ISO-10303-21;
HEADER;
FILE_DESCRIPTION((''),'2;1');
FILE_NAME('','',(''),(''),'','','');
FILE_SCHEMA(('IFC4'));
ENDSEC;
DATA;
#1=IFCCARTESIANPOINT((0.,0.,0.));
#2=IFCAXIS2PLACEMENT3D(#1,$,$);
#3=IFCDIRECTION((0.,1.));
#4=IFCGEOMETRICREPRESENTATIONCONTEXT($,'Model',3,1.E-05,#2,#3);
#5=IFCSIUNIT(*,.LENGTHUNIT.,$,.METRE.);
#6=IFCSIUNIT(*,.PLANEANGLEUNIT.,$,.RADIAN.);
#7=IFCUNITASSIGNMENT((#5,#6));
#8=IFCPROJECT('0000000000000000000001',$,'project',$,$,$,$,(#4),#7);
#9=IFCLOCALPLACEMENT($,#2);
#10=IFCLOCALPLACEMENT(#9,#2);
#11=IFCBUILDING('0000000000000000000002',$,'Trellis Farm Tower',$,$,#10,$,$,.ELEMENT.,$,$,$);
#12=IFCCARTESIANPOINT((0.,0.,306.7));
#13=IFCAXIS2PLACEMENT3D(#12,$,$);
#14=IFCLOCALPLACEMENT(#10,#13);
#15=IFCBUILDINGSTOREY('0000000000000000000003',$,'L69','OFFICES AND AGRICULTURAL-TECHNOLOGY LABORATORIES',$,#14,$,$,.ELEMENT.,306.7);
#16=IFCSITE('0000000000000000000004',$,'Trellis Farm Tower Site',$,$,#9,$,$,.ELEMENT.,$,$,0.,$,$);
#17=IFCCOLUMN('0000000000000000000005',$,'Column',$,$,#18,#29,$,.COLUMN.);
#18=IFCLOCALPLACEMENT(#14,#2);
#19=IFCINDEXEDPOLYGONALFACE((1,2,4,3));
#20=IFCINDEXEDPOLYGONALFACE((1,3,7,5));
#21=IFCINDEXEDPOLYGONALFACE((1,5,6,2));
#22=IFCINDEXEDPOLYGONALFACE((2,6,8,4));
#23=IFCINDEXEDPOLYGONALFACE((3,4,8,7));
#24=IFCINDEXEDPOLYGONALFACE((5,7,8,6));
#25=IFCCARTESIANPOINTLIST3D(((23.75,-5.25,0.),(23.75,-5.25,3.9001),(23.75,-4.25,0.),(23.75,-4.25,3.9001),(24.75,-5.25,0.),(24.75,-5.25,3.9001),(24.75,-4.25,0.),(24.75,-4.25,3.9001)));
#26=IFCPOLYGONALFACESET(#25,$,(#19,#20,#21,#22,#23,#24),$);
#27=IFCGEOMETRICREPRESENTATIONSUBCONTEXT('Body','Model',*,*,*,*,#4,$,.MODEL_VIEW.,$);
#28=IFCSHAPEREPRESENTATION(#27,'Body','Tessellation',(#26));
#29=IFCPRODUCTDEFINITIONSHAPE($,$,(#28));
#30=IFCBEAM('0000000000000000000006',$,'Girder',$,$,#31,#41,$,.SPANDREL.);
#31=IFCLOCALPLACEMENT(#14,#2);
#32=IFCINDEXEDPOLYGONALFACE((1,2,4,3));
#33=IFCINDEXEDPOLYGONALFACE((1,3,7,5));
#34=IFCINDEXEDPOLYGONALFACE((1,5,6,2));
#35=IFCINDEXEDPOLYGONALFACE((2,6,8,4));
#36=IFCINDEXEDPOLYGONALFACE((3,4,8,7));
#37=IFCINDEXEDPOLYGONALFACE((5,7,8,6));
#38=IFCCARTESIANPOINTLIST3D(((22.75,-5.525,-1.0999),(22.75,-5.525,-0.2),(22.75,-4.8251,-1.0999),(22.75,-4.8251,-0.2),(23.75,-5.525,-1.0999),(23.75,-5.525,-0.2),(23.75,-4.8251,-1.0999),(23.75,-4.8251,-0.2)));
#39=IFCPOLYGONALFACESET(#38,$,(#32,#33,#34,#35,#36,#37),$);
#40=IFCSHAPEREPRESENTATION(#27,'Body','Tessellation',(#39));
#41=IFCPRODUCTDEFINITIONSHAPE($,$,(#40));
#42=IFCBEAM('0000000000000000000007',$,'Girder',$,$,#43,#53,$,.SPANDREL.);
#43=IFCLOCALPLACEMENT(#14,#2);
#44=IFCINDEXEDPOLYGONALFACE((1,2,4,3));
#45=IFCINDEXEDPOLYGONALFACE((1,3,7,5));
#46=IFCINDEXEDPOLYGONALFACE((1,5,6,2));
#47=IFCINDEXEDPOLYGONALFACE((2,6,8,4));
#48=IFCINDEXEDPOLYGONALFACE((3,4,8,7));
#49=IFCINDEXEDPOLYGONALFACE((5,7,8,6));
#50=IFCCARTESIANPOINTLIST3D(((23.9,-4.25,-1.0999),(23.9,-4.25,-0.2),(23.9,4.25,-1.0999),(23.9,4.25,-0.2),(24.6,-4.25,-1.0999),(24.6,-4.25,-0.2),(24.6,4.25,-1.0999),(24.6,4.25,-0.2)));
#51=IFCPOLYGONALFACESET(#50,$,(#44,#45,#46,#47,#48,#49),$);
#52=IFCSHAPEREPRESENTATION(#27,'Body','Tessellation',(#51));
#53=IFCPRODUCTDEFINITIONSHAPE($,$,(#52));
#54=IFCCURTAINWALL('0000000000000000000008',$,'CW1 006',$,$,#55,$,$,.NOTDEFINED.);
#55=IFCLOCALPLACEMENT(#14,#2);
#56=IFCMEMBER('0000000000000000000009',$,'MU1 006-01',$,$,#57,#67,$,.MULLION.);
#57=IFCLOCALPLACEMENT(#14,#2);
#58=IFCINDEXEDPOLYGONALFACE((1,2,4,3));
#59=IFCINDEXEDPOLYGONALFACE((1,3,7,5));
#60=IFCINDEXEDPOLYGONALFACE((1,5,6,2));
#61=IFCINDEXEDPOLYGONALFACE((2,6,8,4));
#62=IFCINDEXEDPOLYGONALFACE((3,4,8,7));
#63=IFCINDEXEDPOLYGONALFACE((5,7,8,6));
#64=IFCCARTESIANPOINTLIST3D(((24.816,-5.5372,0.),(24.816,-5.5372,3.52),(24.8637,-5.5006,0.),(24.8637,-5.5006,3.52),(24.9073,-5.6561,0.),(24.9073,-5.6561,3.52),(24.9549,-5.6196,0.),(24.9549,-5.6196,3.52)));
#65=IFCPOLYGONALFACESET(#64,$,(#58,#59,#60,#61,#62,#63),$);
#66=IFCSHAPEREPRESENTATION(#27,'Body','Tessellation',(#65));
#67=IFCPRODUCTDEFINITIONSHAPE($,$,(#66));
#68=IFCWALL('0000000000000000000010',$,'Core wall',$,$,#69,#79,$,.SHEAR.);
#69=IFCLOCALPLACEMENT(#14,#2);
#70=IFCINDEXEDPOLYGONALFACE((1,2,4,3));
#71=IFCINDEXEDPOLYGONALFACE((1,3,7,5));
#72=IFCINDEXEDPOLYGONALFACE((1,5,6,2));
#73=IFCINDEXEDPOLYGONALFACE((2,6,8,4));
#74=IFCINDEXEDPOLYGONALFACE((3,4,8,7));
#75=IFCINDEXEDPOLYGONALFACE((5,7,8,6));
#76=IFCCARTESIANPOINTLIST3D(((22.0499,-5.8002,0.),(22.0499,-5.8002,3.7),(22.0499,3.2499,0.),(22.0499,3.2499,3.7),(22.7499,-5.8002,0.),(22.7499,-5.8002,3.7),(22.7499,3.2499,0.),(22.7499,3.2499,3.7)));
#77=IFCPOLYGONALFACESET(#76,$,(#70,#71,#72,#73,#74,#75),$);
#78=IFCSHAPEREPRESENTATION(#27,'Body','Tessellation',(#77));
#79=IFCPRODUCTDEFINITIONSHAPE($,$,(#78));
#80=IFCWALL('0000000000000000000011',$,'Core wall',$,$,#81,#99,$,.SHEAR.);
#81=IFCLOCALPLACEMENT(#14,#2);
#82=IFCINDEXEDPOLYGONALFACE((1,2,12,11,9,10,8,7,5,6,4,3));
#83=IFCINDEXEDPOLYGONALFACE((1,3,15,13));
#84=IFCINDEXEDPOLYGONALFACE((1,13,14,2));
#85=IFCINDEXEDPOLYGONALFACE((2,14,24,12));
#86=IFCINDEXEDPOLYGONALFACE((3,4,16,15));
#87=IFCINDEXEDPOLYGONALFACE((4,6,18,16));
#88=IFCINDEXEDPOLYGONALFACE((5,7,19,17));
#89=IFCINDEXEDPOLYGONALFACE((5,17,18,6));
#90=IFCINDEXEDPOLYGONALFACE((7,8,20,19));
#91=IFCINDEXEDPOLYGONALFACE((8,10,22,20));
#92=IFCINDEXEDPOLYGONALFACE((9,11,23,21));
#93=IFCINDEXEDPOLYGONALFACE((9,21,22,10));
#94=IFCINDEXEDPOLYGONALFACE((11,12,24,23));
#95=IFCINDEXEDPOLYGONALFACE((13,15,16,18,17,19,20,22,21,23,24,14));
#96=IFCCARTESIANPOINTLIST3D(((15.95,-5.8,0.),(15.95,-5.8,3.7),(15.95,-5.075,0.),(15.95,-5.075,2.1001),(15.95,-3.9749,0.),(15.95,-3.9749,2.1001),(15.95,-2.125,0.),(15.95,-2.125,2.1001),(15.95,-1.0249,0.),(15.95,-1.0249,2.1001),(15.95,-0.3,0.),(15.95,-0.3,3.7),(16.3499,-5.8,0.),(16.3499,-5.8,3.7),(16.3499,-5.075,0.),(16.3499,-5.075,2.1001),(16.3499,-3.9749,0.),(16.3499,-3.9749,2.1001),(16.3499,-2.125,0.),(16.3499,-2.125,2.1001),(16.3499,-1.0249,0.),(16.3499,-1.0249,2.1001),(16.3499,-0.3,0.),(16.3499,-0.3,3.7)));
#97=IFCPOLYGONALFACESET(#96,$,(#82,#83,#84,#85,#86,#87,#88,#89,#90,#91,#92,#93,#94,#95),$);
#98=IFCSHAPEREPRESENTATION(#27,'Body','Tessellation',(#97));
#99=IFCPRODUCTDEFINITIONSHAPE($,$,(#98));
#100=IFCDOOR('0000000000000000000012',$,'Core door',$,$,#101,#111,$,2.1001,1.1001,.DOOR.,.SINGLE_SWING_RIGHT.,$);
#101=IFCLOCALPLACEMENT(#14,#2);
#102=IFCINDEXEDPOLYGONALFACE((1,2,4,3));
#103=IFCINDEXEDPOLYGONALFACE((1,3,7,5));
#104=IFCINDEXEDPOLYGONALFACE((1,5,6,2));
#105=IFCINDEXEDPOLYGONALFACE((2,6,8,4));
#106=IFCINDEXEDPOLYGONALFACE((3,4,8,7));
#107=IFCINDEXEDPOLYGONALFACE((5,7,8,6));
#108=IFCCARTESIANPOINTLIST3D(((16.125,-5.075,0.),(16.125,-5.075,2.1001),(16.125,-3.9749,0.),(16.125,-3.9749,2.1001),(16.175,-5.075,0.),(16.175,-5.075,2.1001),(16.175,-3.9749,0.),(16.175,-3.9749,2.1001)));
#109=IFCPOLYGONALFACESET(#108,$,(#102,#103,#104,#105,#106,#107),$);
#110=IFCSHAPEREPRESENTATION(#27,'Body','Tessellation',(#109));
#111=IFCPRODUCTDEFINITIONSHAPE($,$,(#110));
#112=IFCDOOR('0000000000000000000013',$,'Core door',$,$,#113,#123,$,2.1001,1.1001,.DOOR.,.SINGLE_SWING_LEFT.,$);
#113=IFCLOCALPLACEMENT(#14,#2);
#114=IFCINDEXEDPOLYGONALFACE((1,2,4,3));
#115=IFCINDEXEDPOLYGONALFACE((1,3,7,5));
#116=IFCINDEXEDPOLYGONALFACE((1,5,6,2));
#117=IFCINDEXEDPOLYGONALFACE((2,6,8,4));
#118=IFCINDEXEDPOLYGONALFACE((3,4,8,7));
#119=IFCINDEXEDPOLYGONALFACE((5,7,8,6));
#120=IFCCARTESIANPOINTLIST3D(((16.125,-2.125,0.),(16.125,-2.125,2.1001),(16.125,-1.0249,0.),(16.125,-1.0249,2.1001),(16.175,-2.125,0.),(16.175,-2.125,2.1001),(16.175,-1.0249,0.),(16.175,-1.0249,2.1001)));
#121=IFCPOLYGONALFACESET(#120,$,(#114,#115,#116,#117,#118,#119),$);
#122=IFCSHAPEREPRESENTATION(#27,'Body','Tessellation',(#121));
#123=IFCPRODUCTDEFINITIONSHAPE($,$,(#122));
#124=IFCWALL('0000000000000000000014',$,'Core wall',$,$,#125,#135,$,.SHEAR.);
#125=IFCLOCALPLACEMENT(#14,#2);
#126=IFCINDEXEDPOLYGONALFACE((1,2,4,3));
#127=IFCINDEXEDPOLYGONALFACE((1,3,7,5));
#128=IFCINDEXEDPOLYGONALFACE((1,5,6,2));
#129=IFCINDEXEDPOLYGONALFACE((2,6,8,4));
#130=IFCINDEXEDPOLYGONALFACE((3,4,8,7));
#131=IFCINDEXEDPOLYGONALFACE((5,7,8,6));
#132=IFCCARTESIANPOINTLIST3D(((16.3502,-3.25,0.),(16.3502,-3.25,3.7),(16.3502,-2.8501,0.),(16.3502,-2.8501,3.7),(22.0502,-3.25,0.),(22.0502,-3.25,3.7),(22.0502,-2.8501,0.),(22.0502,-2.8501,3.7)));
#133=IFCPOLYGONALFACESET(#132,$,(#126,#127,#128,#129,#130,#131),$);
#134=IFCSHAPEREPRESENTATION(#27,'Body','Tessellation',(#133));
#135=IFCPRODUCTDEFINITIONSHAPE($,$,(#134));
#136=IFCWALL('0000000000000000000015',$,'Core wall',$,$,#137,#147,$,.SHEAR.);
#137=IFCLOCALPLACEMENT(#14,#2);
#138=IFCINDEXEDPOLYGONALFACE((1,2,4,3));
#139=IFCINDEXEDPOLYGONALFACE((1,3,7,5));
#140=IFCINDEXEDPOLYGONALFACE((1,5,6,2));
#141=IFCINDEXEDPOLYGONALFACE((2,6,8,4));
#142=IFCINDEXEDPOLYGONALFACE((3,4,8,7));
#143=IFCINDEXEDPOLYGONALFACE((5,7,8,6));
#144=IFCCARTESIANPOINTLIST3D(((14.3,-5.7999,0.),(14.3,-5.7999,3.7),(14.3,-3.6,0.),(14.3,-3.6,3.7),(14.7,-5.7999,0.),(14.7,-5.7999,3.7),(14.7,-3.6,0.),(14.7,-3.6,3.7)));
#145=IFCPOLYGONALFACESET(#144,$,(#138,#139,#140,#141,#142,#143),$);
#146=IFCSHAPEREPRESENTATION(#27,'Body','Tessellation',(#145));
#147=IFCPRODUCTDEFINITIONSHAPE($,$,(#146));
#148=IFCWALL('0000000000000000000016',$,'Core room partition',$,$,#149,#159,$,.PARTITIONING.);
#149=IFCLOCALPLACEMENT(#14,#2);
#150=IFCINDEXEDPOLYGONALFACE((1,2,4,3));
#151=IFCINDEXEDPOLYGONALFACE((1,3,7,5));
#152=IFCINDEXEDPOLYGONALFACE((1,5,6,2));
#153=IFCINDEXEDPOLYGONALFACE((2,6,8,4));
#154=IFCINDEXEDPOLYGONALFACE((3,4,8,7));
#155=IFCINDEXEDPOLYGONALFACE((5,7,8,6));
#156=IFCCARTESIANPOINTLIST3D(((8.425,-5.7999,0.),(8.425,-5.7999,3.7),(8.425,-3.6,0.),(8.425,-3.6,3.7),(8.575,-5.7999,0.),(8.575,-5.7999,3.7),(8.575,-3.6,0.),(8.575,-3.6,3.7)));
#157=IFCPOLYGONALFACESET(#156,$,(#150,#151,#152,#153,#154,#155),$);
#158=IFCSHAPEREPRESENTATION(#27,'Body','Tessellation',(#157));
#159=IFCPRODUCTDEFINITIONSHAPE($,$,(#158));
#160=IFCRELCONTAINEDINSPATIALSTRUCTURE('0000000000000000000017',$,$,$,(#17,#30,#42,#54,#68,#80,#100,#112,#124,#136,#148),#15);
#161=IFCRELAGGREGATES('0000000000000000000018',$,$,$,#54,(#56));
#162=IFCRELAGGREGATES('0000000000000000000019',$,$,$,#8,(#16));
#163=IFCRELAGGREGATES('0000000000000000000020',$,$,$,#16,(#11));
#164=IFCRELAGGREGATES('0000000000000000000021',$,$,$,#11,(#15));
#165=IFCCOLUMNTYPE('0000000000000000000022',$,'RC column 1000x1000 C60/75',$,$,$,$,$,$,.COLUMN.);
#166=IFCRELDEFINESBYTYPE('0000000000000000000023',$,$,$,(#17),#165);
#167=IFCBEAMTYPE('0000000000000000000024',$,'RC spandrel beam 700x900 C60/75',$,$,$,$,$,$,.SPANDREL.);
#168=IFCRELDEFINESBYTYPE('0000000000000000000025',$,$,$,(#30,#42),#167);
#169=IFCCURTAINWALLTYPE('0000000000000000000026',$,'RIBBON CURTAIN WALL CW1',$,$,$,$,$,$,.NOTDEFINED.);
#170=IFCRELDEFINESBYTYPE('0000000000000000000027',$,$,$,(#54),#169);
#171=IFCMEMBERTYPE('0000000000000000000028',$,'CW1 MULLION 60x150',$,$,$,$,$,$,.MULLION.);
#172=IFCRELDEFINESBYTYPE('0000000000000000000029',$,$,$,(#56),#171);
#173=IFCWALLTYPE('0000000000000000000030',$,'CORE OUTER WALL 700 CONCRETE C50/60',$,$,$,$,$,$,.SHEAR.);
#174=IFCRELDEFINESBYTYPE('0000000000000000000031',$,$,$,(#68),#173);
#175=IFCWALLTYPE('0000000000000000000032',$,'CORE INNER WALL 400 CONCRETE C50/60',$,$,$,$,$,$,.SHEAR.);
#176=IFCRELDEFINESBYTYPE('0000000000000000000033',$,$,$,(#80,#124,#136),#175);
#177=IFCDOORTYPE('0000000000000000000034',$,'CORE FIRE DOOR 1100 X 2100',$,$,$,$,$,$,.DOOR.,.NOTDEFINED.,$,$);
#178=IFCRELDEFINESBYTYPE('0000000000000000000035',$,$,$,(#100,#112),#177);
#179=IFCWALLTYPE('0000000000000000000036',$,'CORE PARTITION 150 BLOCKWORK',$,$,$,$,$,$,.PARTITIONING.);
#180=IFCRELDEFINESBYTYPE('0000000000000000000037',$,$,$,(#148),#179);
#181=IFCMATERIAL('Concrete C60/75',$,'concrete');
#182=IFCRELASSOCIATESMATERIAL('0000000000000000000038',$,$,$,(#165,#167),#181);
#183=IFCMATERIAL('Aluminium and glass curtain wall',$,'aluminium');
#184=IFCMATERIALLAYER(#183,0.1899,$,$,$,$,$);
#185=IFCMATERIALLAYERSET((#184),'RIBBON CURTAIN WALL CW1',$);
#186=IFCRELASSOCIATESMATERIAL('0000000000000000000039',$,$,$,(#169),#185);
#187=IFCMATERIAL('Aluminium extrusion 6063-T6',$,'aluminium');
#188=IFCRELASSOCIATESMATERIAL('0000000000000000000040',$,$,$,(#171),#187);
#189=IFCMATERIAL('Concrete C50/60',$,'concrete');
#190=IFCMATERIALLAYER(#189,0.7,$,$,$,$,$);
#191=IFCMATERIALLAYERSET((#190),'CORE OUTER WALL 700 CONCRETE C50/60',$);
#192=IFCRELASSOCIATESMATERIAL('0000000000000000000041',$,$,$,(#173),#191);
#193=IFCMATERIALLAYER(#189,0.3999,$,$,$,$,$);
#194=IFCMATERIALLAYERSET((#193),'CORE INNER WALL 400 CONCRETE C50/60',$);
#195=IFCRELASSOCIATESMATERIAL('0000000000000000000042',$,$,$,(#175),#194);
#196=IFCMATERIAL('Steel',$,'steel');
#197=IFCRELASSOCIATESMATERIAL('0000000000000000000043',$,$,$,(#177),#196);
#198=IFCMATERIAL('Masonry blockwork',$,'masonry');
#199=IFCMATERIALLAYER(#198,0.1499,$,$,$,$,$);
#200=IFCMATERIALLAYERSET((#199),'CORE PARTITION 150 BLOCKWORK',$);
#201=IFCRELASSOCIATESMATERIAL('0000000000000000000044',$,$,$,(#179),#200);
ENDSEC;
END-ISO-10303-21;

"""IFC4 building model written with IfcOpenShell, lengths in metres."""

from ifc_helpers import new_model, si_unit, direction, frame, frame_2d, origin, origin_2d, place, context, subcontext, project, spatial, rectangle, extrude, source, transform, mapped, material, layer, layer_set, material_profile, profile_set, type_object, element, fill, aggregate, save


model = new_model("IFC4")

# Units and contexts
model_context = context("Model", 3, precision=1e-05, world=origin(), true_north=direction((0.0, 1.0)))
body_context = subcontext(model_context, "Body", "Model", "MODEL_VIEW")
ifc_project = project(units=[si_unit("LENGTHUNIT", "METRE"), si_unit("PLANEANGLEUNIT", "RADIAN")], contexts=[model_context])

# Site, building, storey
site_placement = place(None, origin())
site = spatial("IfcSite", under=ifc_project, at=site_placement, Name="Trellis Farm Tower Site", CompositionType="ELEMENT", RefElevation=0.0)
building_placement = place(site_placement, origin())
building = spatial("IfcBuilding", under=site, at=building_placement, Name="Trellis Farm Tower", CompositionType="ELEMENT")
storey_placement = place(building_placement, frame((0.0, 0.0, 306.7)))
storey = spatial("IfcBuildingStorey", under=building, at=storey_placement, Name="L69", Description="OFFICES AND AGRICULTURAL-TECHNOLOGY LABORATORIES", CompositionType="ELEMENT", Elevation=306.7)

# Column
ifc_material_1 = material(Name="Concrete C60/75", Category="concrete")
ifc_material_profile_1 = material_profile(ifc_material_1, rectangle(XDim=1.0, YDim=1.0, at=origin_2d()), Name="RC column 1000x1000 C60/75")
ifc_profile_set_1 = profile_set([ifc_material_profile_1], Name="Concrete C60/75")
column_type = type_object("IfcColumnType", Name="RC column 1000x1000 C60/75", PredefinedType="COLUMN", material=ifc_profile_set_1)
shared_shape_1 = source(origin(), body_context, "Body", "SweptSolid", [
    extrude(rectangle(XDim=1.0, YDim=1.0, at=origin_2d()), origin(), (0.0, 0.0, 1.0), 3.9001),
])
column_placement = place(storey_placement, frame((24.25, -4.75, 0.0), z_axis=(0.0, 0.0, 1.0), x_axis=(1.0, 0.0, 0.0)))
element("IfcColumn", 1, at=column_placement, inside=storey, type_object=column_type, Name="Column", PredefinedType="COLUMN", context=body_context, shape_type="MappedRepresentation", body=[
    mapped(shared_shape_1, transform((0.0, 0.0, 0.0))),
])

# Beams
ifc_material_profile_2 = material_profile(ifc_material_1, rectangle(XDim=0.7, YDim=0.8999, at=origin_2d()), Name="RC spandrel beam 700x900 C60/75")
ifc_profile_set_2 = profile_set([ifc_material_profile_2], Name="Concrete C60/75")
beam_type = type_object("IfcBeamType", Name="RC spandrel beam 700x900 C60/75", PredefinedType="SPANDREL", material=ifc_profile_set_2)
shared_shape_2 = source(origin(), body_context, "Body", "SweptSolid", [
    extrude(rectangle(XDim=0.7, YDim=0.8999, at=origin_2d()), origin(), (0.0, 0.0, 1.0), 1.0),
])
beam_1_placement = place(storey_placement, frame((22.75, -5.175, -0.6499), z_axis=(1.0, 0.0, 0.0), x_axis=(0.0, 1.0, 0.0)))
element("IfcBeam", 2, at=beam_1_placement, inside=storey, type_object=beam_type, Name="Girder", PredefinedType="SPANDREL", context=body_context, shape_type="MappedRepresentation", body=[
    mapped(shared_shape_2, transform((0.0, 0.0, 0.0))),
])
shared_shape_3 = source(origin(), body_context, "Body", "SweptSolid", [
    extrude(rectangle(XDim=0.7, YDim=0.8999, at=origin_2d()), origin(), (0.0, 0.0, 1.0), 8.5),
])
beam_2_placement = place(storey_placement, frame((24.25, -4.25, -0.6499), z_axis=(0.0, 1.0, 0.0), x_axis=(-1.0, 0.0, 0.0)))
element("IfcBeam", 3, at=beam_2_placement, inside=storey, type_object=beam_type, Name="Girder", PredefinedType="SPANDREL", context=body_context, shape_type="MappedRepresentation", body=[
    mapped(shared_shape_3, transform((0.0, 0.0, 0.0))),
])

# Curtain wall, member
ifc_material_2 = material(Name="Aluminium and glass curtain wall", Category="aluminium")
ifc_layer_1 = layer(ifc_material_2, 0.1899)
ifc_layer_set_1 = layer_set([ifc_layer_1], Name="RIBBON CURTAIN WALL CW1")
curtain_wall_type = type_object("IfcCurtainWallType", Name="RIBBON CURTAIN WALL CW1", PredefinedType="NOTDEFINED", material=ifc_layer_set_1)
placement = place(storey_placement, origin())
curtain_wall = element("IfcCurtainWall", 4, at=placement, inside=storey, type_object=curtain_wall_type, Name="CW1 006", PredefinedType="NOTDEFINED")
ifc_material_3 = material(Name="Aluminium extrusion 6063-T6", Category="aluminium")
ifc_material_profile_3 = material_profile(ifc_material_3, rectangle(XDim=0.0601, YDim=0.1499, at=origin_2d()), Name="MULLION 60x150")
ifc_profile_set_3 = profile_set([ifc_material_profile_3], Name="Aluminium extrusion 6063-T6")
member_type = type_object("IfcMemberType", Name="CW1 MULLION 60x150", PredefinedType="MULLION", material=ifc_profile_set_3)
shared_shape_4 = source(origin(), body_context, "Body", "SweptSolid", [
    extrude(rectangle(XDim=0.0601, YDim=0.1499, at=origin_2d()), origin(), (0.0, 0.0, 1.0), 3.52),
])
member_placement = place(storey_placement, frame((24.8855, -5.5784, 0.0), z_axis=(0.0, 0.0, 1.0), x_axis=(0.793353, 0.608761, 0.0)))
member = element("IfcMember", 5, at=member_placement, type_object=member_type, Name="MU1 006-01", PredefinedType="MULLION", context=body_context, shape_type="MappedRepresentation", body=[
    mapped(shared_shape_4, transform((0.0, 0.0, 0.0))),
])
aggregate(curtain_wall, [member])

# Wall
ifc_material_4 = material(Name="Concrete C50/60", Category="concrete")
ifc_layer_2 = layer(ifc_material_4, 0.7)
ifc_layer_set_2 = layer_set([ifc_layer_2], Name="CORE OUTER WALL 700 CONCRETE C50/60")
wall_type_1 = type_object("IfcWallType", Name="CORE OUTER WALL 700 CONCRETE C50/60", PredefinedType="SHEAR", material=ifc_layer_set_2)
shared_shape_5 = source(origin(), body_context, "Body", "SweptSolid", [
    extrude(rectangle(XDim=9.05, YDim=0.7, at=frame_2d((4.5249, 0.0))), origin(), (0.0, 0.0, 1.0), 3.7),
])
wall_1_placement = place(storey_placement, frame((22.3999, -5.8, 0.0), z_axis=(0.0, 0.0, 1.0), x_axis=(0.0, 1.0, 0.0)))
element("IfcWall", 6, at=wall_1_placement, inside=storey, type_object=wall_type_1, Name="Core wall", PredefinedType="SHEAR", context=body_context, shape_type="MappedRepresentation", body=[
    mapped(shared_shape_5, transform((0.0, 0.0, 0.0))),
])

# Wall, openings, doors
ifc_layer_3 = layer(ifc_material_4, 0.3999)
ifc_layer_set_3 = layer_set([ifc_layer_3], Name="CORE INNER WALL 400 CONCRETE C50/60")
wall_type_2 = type_object("IfcWallType", Name="CORE INNER WALL 400 CONCRETE C50/60", PredefinedType="SHEAR", material=ifc_layer_set_3)
shared_shape_6 = source(origin(), body_context, "Body", "SweptSolid", [
    extrude(rectangle(XDim=5.5, YDim=0.3999, at=frame_2d((2.75, 0.0))), origin(), (0.0, 0.0, 1.0), 3.7),
])
wall_2_placement = place(storey_placement, frame((16.1499, -5.8, 0.0), z_axis=(0.0, 0.0, 1.0), x_axis=(0.0, 1.0, 0.0)))
wall_2 = element("IfcWall", 7, at=wall_2_placement, inside=storey, type_object=wall_type_2, Name="Core wall", PredefinedType="SHEAR", context=body_context, shape_type="MappedRepresentation", body=[
    mapped(shared_shape_6, transform((0.0, 0.0, 0.0))),
])
shared_shape_7 = source(origin(), body_context, "Body", "SweptSolid", [
    extrude(rectangle(XDim=1.1001, YDim=2.1001, at=frame_2d((0.55, 1.05))), frame((0.0, 0.21, 0.0), z_axis=(0.0, -1.0, 0.0), x_axis=(1.0, 0.0, 0.0)), (0.0, 0.0, 1.0), 0.4199),
])
opening_1_placement = place(wall_2_placement, frame((0.7251, 0.0, 0.0)))
opening_1 = element("IfcOpeningElement", 8, at=opening_1_placement, cuts=wall_2, PredefinedType="OPENING", context=body_context, shape_type="MappedRepresentation", body=[
    mapped(shared_shape_7, transform((0.0, 0.0, 0.0))),
])
opening_2_placement = place(wall_2_placement, frame((3.675, 0.0, 0.0)))
opening_2 = element("IfcOpeningElement", 9, at=opening_2_placement, cuts=wall_2, PredefinedType="OPENING", context=body_context, shape_type="MappedRepresentation", body=[
    mapped(shared_shape_7, transform((0.0, 0.0, 0.0))),
])
ifc_material_5 = material(Name="Steel", Category="steel")
door_type = type_object("IfcDoorType", Name="CORE FIRE DOOR 1100 X 2100", OperationType="NOTDEFINED", PredefinedType="DOOR", material=ifc_material_5)
shared_shape_8 = source(origin(), body_context, "Body", "SweptSolid", [
    extrude(rectangle(XDim=1.1001, YDim=2.1001, at=frame_2d((0.55, 1.05))), frame((0.0, 0.0249, 0.0), z_axis=(0.0, -1.0, 0.0), x_axis=(1.0, 0.0, 0.0)), (0.0, 0.0, 1.0), 0.05),
])
door_1_placement = place(opening_1_placement, origin())
door_1 = element("IfcDoor", 10, at=door_1_placement, inside=storey, type_object=door_type, Name="Core door", OperationType="SINGLE_SWING_RIGHT", OverallHeight=2.1001, OverallWidth=1.1001, PredefinedType="DOOR", context=body_context, shape_type="MappedRepresentation", body=[
    mapped(shared_shape_8, transform((0.0, 0.0, 0.0))),
])
fill(opening_1, door_1)
door_2_placement = place(opening_2_placement, origin())
door_2 = element("IfcDoor", 11, at=door_2_placement, inside=storey, type_object=door_type, Name="Core door", OperationType="SINGLE_SWING_LEFT", OverallHeight=2.1001, OverallWidth=1.1001, PredefinedType="DOOR", context=body_context, shape_type="MappedRepresentation", body=[
    mapped(shared_shape_8, transform((0.0, 0.0, 0.0))),
])
fill(opening_2, door_2)

# Walls
shared_shape_9 = source(origin(), body_context, "Body", "SweptSolid", [
    extrude(rectangle(XDim=5.7, YDim=0.3999, at=frame_2d((2.8501, 0.0))), origin(), (0.0, 0.0, 1.0), 3.7),
])
wall_3_placement = place(storey_placement, frame((16.3501, -3.05, 0.0), z_axis=(0.0, 0.0, 1.0), x_axis=(1.0, 0.0, 0.0)))
element("IfcWall", 12, at=wall_3_placement, inside=storey, type_object=wall_type_2, Name="Core wall", PredefinedType="SHEAR", context=body_context, shape_type="MappedRepresentation", body=[
    mapped(shared_shape_9, transform((0.0, 0.0, 0.0))),
])
shared_shape_10 = source(origin(), body_context, "Body", "SweptSolid", [
    extrude(rectangle(XDim=2.2, YDim=0.3999, at=frame_2d((1.1001, 0.0))), origin(), (0.0, 0.0, 1.0), 3.7),
])
wall_4_placement = place(storey_placement, frame((14.5, -5.8, 0.0), z_axis=(0.0, 0.0, 1.0), x_axis=(0.0, 1.0, 0.0)))
element("IfcWall", 13, at=wall_4_placement, inside=storey, type_object=wall_type_2, Name="Core wall", PredefinedType="SHEAR", context=body_context, shape_type="MappedRepresentation", body=[
    mapped(shared_shape_10, transform((0.0, 0.0, 0.0))),
])
ifc_material_6 = material(Name="Masonry blockwork", Category="masonry")
ifc_layer_4 = layer(ifc_material_6, 0.1499)
ifc_layer_set_4 = layer_set([ifc_layer_4], Name="CORE PARTITION 150 BLOCKWORK")
wall_type_3 = type_object("IfcWallType", Name="CORE PARTITION 150 BLOCKWORK", PredefinedType="PARTITIONING", material=ifc_layer_set_4)
shared_shape_11 = source(origin(), body_context, "Body", "SweptSolid", [
    extrude(rectangle(XDim=2.2, YDim=0.1499, at=frame_2d((1.1001, 0.0))), origin(), (0.0, 0.0, 1.0), 3.7),
])
for number, where, z_axis, x_axis, name in (
    (14, (8.5, -5.8, 0.0), (0.0, 0.0, 1.0), (0.0, 1.0, 0.0), "Core room partition"),
):
    element("IfcWall", number, at=place(storey_placement, frame(where, z_axis=z_axis, x_axis=x_axis)), inside=storey, type_object=wall_type_3, Name=name, PredefinedType="PARTITIONING", context=body_context, shape_type="MappedRepresentation", body=[
        mapped(shared_shape_11, transform((0.0, 0.0, 0.0))),
    ])

save(model, "model.ifc")
